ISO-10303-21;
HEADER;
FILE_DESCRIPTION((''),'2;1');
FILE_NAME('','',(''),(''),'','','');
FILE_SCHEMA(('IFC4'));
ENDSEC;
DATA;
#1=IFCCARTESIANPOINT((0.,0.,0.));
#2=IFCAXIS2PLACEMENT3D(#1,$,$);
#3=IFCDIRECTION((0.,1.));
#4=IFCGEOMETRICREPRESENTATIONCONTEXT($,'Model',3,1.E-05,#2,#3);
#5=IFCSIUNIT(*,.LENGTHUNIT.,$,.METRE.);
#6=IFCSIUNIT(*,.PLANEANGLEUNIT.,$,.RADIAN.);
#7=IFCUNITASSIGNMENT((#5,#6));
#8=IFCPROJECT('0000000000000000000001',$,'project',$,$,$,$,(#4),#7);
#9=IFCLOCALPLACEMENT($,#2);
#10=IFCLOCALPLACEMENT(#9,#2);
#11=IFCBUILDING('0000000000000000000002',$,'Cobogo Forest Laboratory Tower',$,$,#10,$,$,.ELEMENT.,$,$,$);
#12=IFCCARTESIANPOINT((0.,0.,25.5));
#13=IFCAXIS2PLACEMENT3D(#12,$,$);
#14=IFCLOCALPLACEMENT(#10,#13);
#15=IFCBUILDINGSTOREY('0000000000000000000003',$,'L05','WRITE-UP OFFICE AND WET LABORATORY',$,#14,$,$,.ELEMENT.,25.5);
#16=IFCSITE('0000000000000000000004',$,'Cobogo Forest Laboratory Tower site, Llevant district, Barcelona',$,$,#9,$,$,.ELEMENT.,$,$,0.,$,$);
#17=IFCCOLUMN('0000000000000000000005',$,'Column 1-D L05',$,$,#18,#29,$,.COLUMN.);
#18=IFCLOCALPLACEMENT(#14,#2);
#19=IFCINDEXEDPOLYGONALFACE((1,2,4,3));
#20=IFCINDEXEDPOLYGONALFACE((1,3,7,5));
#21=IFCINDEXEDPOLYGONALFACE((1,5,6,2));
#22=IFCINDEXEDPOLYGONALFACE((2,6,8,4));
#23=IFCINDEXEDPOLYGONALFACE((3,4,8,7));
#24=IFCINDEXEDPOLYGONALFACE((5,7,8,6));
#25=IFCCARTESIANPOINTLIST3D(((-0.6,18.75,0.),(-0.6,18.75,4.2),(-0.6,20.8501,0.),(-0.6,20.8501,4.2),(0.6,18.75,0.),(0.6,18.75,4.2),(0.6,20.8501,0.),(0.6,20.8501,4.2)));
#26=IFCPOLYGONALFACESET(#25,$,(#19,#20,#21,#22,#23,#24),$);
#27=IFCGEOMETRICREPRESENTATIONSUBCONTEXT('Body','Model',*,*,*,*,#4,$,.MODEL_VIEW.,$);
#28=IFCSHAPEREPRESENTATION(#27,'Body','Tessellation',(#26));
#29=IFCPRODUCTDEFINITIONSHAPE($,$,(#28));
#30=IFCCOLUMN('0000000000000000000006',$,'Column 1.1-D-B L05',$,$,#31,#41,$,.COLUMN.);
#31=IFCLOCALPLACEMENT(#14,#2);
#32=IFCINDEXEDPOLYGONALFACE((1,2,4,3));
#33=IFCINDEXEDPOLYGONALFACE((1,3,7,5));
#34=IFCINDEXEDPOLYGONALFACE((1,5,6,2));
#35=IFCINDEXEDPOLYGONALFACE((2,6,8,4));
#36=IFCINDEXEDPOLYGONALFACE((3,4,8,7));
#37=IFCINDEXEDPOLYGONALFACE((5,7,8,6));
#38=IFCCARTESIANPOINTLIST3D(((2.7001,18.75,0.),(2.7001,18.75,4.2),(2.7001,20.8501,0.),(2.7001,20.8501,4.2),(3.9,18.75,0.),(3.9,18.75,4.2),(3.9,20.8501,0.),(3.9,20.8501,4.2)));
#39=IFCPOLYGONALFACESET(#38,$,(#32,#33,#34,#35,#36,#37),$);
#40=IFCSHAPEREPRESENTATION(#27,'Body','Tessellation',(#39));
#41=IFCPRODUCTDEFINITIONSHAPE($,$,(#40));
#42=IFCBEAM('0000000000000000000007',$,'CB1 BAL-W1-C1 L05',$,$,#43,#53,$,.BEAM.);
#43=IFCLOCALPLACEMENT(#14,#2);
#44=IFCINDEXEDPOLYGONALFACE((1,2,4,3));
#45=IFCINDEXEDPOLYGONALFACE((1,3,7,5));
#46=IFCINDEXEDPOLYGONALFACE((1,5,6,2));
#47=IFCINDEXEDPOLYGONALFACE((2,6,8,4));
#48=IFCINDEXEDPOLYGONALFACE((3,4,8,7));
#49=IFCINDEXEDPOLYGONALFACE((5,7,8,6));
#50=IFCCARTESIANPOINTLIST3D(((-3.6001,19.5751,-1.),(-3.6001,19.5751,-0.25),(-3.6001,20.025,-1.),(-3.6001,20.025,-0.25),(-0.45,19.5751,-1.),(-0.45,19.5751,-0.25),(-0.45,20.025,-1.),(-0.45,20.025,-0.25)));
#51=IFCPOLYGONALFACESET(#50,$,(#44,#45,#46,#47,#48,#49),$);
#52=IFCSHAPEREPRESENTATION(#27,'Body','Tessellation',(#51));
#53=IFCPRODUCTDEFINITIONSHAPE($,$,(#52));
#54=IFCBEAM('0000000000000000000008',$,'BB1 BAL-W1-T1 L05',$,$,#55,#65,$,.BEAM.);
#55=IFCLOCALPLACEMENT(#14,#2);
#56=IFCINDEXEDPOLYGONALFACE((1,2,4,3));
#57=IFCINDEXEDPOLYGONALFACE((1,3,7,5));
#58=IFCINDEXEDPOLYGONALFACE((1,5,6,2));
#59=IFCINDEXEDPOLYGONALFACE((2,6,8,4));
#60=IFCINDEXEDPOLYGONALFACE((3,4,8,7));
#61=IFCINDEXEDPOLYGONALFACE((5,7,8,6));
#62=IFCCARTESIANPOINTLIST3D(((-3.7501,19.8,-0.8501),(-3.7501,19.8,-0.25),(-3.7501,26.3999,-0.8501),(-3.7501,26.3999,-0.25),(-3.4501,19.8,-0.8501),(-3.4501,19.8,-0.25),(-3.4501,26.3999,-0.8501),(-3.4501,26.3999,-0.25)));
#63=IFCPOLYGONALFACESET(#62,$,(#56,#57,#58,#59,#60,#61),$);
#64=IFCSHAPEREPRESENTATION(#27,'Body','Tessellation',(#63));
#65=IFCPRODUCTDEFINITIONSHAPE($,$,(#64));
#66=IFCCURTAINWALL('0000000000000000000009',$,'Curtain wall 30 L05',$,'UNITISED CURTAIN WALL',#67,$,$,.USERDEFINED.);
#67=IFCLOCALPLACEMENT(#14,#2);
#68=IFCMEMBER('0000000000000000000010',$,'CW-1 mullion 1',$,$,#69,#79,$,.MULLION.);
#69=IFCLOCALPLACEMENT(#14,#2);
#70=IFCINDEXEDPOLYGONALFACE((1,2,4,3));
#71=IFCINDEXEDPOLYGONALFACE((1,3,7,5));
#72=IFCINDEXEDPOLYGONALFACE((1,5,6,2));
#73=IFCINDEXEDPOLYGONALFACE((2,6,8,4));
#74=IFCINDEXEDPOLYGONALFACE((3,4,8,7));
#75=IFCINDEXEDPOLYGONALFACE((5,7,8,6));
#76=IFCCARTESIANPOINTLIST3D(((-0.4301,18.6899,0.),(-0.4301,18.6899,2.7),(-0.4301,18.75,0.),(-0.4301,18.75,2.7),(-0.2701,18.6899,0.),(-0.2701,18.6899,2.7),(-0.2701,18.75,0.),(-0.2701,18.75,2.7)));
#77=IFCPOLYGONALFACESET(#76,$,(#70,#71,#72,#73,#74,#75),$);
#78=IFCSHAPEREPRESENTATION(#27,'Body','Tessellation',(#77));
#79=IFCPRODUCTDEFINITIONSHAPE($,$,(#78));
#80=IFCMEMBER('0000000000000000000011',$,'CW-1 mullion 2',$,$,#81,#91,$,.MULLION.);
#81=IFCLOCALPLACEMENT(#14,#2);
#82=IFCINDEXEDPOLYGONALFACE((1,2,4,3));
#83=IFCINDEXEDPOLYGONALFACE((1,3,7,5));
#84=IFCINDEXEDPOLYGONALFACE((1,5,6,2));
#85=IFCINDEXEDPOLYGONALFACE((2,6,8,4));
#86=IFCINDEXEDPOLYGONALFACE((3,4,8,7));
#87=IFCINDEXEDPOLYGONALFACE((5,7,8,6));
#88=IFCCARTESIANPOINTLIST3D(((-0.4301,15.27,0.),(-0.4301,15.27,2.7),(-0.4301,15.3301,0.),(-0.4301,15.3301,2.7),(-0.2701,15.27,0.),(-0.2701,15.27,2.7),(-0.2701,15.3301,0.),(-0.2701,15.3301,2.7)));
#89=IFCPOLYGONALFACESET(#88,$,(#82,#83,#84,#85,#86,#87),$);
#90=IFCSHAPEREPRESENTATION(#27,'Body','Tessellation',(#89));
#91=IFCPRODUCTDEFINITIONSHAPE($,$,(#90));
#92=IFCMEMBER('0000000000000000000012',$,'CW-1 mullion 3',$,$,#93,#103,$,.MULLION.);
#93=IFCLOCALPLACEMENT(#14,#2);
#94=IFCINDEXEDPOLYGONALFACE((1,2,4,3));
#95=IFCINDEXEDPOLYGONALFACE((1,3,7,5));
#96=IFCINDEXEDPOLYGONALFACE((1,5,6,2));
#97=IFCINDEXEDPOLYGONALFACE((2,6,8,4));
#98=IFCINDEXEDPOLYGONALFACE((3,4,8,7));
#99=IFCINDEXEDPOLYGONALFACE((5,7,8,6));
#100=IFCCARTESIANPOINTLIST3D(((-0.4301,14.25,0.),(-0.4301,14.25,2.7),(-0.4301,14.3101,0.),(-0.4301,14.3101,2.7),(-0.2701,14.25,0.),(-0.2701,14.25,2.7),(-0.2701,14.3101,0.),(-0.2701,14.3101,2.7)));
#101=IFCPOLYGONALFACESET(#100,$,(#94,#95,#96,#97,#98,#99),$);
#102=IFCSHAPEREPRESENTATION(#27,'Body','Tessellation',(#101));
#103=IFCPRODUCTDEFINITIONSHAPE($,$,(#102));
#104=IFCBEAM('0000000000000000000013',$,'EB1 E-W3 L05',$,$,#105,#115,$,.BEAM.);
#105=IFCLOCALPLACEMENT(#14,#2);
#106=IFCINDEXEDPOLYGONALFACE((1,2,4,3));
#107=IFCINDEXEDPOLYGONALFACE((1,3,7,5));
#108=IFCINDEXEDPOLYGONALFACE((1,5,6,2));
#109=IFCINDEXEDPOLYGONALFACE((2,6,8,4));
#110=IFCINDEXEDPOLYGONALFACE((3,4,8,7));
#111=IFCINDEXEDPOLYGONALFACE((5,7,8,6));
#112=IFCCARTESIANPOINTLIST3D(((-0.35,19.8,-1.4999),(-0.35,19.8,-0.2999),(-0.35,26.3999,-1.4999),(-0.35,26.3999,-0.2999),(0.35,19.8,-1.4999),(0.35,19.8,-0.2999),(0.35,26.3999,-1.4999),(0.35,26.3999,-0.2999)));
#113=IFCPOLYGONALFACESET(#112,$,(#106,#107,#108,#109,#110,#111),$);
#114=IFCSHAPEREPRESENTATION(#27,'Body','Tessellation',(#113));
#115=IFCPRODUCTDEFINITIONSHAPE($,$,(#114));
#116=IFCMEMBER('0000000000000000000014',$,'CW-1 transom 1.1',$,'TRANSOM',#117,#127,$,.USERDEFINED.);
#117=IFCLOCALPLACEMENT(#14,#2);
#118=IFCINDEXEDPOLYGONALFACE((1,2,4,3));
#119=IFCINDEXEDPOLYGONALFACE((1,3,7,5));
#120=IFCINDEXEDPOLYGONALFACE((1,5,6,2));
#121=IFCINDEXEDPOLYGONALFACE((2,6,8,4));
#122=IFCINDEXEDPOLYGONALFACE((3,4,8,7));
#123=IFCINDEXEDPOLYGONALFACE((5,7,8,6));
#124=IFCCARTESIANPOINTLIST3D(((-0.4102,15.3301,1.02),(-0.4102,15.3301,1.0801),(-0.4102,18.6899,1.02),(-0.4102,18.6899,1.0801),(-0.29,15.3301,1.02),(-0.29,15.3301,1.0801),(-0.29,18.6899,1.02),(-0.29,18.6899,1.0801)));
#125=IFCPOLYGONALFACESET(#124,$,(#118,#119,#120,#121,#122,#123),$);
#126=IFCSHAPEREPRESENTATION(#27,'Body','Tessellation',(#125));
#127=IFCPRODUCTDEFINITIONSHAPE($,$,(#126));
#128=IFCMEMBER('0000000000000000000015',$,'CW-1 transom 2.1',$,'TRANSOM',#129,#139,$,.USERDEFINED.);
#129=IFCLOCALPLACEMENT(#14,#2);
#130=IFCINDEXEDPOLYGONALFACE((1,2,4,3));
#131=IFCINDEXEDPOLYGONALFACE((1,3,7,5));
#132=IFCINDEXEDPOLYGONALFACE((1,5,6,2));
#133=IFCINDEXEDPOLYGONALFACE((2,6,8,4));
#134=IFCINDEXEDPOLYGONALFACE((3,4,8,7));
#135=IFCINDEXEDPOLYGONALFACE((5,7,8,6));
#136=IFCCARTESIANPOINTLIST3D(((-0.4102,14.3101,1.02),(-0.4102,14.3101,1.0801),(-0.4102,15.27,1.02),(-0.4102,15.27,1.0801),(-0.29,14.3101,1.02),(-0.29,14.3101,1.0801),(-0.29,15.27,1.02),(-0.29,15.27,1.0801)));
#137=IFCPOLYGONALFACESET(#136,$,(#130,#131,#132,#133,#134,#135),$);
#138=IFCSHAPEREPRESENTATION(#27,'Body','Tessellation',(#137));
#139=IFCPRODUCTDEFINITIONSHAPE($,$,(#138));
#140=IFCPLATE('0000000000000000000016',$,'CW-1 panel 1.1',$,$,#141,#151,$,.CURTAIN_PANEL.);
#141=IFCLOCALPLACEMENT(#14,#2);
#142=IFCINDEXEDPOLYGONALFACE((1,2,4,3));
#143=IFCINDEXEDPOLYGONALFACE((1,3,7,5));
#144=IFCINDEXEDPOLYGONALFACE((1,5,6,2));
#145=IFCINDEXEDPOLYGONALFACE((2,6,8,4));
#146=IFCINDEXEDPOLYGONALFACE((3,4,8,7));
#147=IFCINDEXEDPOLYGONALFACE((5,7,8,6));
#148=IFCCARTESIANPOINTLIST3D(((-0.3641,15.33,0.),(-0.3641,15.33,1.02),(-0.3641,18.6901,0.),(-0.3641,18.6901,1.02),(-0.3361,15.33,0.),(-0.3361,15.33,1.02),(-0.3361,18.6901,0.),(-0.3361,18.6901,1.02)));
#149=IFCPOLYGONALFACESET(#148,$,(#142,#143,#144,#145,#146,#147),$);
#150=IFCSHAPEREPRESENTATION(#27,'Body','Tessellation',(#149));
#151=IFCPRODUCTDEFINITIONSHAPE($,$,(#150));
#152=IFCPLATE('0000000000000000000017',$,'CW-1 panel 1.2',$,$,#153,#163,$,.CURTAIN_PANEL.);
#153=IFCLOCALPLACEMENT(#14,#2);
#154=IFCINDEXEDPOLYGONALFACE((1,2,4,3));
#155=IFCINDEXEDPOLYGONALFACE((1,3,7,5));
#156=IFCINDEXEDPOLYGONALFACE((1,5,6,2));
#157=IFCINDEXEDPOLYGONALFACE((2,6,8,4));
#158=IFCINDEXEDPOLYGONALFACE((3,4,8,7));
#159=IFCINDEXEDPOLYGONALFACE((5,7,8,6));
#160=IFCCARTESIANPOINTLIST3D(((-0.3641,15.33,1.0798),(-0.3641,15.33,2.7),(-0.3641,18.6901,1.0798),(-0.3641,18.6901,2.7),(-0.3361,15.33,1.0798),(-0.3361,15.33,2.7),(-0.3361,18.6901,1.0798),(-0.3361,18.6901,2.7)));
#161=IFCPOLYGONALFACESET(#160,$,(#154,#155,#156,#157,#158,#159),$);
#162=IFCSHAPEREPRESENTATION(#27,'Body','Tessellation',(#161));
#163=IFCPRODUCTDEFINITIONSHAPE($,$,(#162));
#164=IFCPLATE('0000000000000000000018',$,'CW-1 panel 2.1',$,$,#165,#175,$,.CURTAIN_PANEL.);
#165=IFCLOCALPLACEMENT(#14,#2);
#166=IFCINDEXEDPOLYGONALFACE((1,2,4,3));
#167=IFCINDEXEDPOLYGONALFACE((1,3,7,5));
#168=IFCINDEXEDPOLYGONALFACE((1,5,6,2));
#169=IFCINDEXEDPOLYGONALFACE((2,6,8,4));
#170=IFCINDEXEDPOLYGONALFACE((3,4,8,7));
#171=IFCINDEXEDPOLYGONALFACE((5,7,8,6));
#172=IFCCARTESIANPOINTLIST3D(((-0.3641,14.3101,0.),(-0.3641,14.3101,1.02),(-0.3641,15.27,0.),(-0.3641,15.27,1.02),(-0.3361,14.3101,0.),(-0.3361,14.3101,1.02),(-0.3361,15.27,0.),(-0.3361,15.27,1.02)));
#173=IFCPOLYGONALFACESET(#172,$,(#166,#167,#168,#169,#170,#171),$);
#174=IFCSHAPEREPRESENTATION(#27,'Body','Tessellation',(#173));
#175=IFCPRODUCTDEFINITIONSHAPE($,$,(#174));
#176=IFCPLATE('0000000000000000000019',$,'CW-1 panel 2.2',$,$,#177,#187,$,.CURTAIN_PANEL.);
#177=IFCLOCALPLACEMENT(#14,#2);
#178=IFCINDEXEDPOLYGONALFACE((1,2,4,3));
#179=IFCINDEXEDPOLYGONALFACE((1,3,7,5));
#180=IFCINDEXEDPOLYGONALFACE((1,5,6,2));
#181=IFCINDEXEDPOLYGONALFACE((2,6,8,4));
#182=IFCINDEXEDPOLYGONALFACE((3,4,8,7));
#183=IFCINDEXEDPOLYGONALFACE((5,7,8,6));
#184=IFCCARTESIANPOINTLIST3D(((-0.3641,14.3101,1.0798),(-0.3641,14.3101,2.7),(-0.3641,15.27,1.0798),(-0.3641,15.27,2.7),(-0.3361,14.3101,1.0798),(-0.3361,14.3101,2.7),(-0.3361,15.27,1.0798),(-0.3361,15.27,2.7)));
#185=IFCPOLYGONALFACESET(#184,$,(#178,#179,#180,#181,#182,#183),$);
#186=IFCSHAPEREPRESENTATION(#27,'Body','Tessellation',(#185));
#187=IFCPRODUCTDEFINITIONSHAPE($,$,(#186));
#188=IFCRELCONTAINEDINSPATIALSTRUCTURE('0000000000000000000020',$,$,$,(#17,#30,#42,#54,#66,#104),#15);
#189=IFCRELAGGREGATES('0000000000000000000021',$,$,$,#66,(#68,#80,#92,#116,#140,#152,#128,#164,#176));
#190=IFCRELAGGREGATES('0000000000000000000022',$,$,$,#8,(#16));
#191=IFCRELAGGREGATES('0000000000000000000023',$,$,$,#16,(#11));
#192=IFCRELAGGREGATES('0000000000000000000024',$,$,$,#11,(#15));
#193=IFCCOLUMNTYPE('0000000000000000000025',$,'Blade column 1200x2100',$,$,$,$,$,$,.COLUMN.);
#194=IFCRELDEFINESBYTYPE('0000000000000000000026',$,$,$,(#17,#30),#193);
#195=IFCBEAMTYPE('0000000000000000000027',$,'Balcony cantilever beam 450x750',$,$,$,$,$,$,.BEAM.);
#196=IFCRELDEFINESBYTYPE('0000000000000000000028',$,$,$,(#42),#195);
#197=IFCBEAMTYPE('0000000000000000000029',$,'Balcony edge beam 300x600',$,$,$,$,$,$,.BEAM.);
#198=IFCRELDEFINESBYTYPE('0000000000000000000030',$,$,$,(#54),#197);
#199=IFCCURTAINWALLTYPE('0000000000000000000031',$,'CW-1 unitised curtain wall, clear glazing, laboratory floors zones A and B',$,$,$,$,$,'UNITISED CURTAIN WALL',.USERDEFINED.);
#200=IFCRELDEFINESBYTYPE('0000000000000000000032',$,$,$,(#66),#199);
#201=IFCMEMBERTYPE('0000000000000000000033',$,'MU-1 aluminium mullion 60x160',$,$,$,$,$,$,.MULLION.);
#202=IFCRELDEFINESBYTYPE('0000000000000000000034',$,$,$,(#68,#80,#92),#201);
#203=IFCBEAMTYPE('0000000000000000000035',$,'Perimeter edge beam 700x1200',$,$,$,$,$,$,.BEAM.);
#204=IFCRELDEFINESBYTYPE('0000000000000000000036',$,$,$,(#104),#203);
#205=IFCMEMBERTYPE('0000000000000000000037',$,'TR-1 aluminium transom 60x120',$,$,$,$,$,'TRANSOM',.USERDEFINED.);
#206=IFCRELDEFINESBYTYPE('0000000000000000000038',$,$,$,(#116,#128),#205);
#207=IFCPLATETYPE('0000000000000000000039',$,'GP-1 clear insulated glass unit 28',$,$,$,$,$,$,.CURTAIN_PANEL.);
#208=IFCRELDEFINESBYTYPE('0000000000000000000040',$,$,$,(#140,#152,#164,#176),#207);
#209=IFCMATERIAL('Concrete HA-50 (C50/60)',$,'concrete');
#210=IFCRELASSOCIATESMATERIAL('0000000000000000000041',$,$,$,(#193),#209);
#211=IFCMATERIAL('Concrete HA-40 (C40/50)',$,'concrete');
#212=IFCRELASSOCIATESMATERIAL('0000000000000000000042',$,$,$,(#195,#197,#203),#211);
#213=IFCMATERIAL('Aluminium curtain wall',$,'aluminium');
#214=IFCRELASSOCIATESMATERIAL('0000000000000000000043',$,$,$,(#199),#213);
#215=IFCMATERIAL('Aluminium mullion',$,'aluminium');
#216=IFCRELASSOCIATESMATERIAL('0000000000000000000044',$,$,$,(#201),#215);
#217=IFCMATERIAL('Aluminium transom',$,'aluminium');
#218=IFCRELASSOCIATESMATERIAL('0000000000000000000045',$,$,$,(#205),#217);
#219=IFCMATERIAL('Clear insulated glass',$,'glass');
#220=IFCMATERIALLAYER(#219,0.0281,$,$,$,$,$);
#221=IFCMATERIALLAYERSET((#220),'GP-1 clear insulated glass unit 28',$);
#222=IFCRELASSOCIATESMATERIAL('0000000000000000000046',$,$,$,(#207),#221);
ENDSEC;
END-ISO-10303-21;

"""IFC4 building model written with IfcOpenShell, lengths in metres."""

from ifc_helpers import new_model, si_unit, direction, frame, origin, origin_2d, place, context, subcontext, project, spatial, rectangle, extrude, material, layer, layer_set, material_profile, profile_set, type_object, element, aggregate, save


model = new_model("IFC4")

# Units and contexts
model_context = context("Model", 3, precision=1e-05, world=origin(), true_north=direction((0.0, 1.0)))
body_context = subcontext(model_context, "Body", "Model", "MODEL_VIEW")
ifc_project = project(units=[si_unit("LENGTHUNIT", "METRE"), si_unit("PLANEANGLEUNIT", "RADIAN")], contexts=[model_context])

# Site, building, storey
site_placement = place(None, origin())
site = spatial("IfcSite", under=ifc_project, at=site_placement, Name="Cobogo Forest Laboratory Tower site, Llevant district, Barcelona", CompositionType="ELEMENT", RefElevation=0.0)
building_placement = place(site_placement, origin())
building = spatial("IfcBuilding", under=site, at=building_placement, Name="Cobogo Forest Laboratory Tower", CompositionType="ELEMENT")
storey_placement = place(building_placement, frame((0.0, 0.0, 25.5)))
storey = spatial("IfcBuildingStorey", under=building, at=storey_placement, Name="L05", Description="WRITE-UP OFFICE AND WET LABORATORY", CompositionType="ELEMENT", Elevation=25.5)

# Columns
ifc_material_1 = material(Name="Concrete HA-50 (C50/60)", Category="concrete")
ifc_material_profile_1 = material_profile(ifc_material_1, rectangle(XDim=2.1001, YDim=1.2, at=origin_2d()), Name="RC 1200x2100")
ifc_profile_set_1 = profile_set([ifc_material_profile_1], Name="Concrete HA-50 (C50/60)")
column_type = type_object("IfcColumnType", Name="Blade column 1200x2100", PredefinedType="COLUMN", material=ifc_profile_set_1)
for number, where, z_axis, x_axis, name in (
    (1, (0.0, 19.8, 0.0), (0.0, 0.0, 1.0), (0.0, 1.0, 0.0), "Column 1-D L05"),
    (2, (3.3, 19.8, 0.0), (0.0, 0.0, 1.0), (0.0, 1.0, 0.0), "Column 1.1-D-B L05"),
):
    element("IfcColumn", number, at=place(storey_placement, frame(where, z_axis=z_axis, x_axis=x_axis)), inside=storey, type_object=column_type, Name=name, PredefinedType="COLUMN", context=body_context, shape_type="SweptSolid", body=[
        extrude(rectangle(XDim=2.1001, YDim=1.2, at=origin_2d()), origin(), (0.0, 0.0, 1.0), 4.2),
    ])

# Beams
ifc_material_2 = material(Name="Concrete HA-40 (C40/50)", Category="concrete")
ifc_material_profile_2 = material_profile(ifc_material_2, rectangle(XDim=0.45, YDim=0.75, at=origin_2d()), Name="RC 450x750")
ifc_profile_set_2 = profile_set([ifc_material_profile_2], Name="Concrete HA-40 (C40/50)")
beam_type_1 = type_object("IfcBeamType", Name="Balcony cantilever beam 450x750", PredefinedType="BEAM", material=ifc_profile_set_2)
beam_1_placement = place(storey_placement, frame((-0.45, 19.8, -0.625), z_axis=(-1.0, 0.0, 0.0), x_axis=(0.0, -1.0, 0.0)))
element("IfcBeam", 3, at=beam_1_placement, inside=storey, type_object=beam_type_1, Name="CB1 BAL-W1-C1 L05", PredefinedType="BEAM", context=body_context, shape_type="SweptSolid", body=[
    extrude(rectangle(XDim=0.45, YDim=0.75, at=origin_2d()), origin(), (0.0, 0.0, 1.0), 3.1501),
])
ifc_material_profile_3 = material_profile(ifc_material_2, rectangle(XDim=0.3, YDim=0.6001, at=origin_2d()), Name="RC 300x600")
ifc_profile_set_3 = profile_set([ifc_material_profile_3], Name="Concrete HA-40 (C40/50)")
beam_type_2 = type_object("IfcBeamType", Name="Balcony edge beam 300x600", PredefinedType="BEAM", material=ifc_profile_set_3)
beam_2_placement = place(storey_placement, frame((-3.6001, 19.8, -0.55), z_axis=(0.0, 1.0, 0.0), x_axis=(-1.0, 0.0, 0.0)))
element("IfcBeam", 4, at=beam_2_placement, inside=storey, type_object=beam_type_2, Name="BB1 BAL-W1-T1 L05", PredefinedType="BEAM", context=body_context, shape_type="SweptSolid", body=[
    extrude(rectangle(XDim=0.3, YDim=0.6001, at=origin_2d()), origin(), (0.0, 0.0, 1.0), 6.5999),
])

# Curtain wall, members
ifc_material_3 = material(Name="Aluminium curtain wall", Category="aluminium")
curtain_wall_type = type_object("IfcCurtainWallType", Name="CW-1 unitised curtain wall, clear glazing, laboratory floors zones A and B", ElementType="UNITISED CURTAIN WALL", PredefinedType="USERDEFINED", material=ifc_material_3)
curtain_wall_placement = place(storey_placement, origin())
curtain_wall = element("IfcCurtainWall", 5, at=curtain_wall_placement, inside=storey, type_object=curtain_wall_type, Name="Curtain wall 30 L05", ObjectType="UNITISED CURTAIN WALL", PredefinedType="USERDEFINED")
ifc_material_4 = material(Name="Aluminium mullion", Category="aluminium")
ifc_material_profile_4 = material_profile(ifc_material_4, rectangle(XDim=0.0601, YDim=0.1599, at=origin_2d()), Name="AL 60x160")
ifc_profile_set_4 = profile_set([ifc_material_profile_4], Name="Aluminium mullion")
member_type_1 = type_object("IfcMemberType", Name="MU-1 aluminium mullion 60x160", PredefinedType="MULLION", material=ifc_profile_set_4)
member_1_placement = place(storey_placement, frame((-0.3501, 18.72, 0.0), z_axis=(0.0, 0.0, 1.0), x_axis=(0.0, -1.0, 0.0)))
member_1 = element("IfcMember", 6, at=member_1_placement, type_object=member_type_1, Name="CW-1 mullion 1", PredefinedType="MULLION", context=body_context, shape_type="SweptSolid", body=[
    extrude(rectangle(XDim=0.0601, YDim=0.1599, at=origin_2d()), origin(), (0.0, 0.0, 1.0), 2.7),
])
member_2_placement = place(storey_placement, frame((-0.3501, 15.3, 0.0), z_axis=(0.0, 0.0, 1.0), x_axis=(0.0, -1.0, 0.0)))
member_2 = element("IfcMember", 7, at=member_2_placement, type_object=member_type_1, Name="CW-1 mullion 2", PredefinedType="MULLION", context=body_context, shape_type="SweptSolid", body=[
    extrude(rectangle(XDim=0.0601, YDim=0.1599, at=origin_2d()), origin(), (0.0, 0.0, 1.0), 2.7),
])
member_3_placement = place(storey_placement, frame((-0.3501, 14.28, 0.0), z_axis=(0.0, 0.0, 1.0), x_axis=(0.0, -1.0, 0.0)))
member_3 = element("IfcMember", 8, at=member_3_placement, type_object=member_type_1, Name="CW-1 mullion 3", PredefinedType="MULLION", context=body_context, shape_type="SweptSolid", body=[
    extrude(rectangle(XDim=0.0601, YDim=0.1599, at=origin_2d()), origin(), (0.0, 0.0, 1.0), 2.7),
])

# Beam
ifc_material_profile_5 = material_profile(ifc_material_2, rectangle(XDim=0.7, YDim=1.2, at=origin_2d()), Name="RC 700x1200")
ifc_profile_set_5 = profile_set([ifc_material_profile_5], Name="Concrete HA-40 (C40/50)")
beam_type_3 = type_object("IfcBeamType", Name="Perimeter edge beam 700x1200", PredefinedType="BEAM", material=ifc_profile_set_5)
beam_3_placement = place(storey_placement, frame((0.0, 19.8, -0.8999), z_axis=(0.0, 1.0, 0.0), x_axis=(-1.0, 0.0, 0.0)))
element("IfcBeam", 9, at=beam_3_placement, inside=storey, type_object=beam_type_3, Name="EB1 E-W3 L05", PredefinedType="BEAM", context=body_context, shape_type="SweptSolid", body=[
    extrude(rectangle(XDim=0.7, YDim=1.2, at=origin_2d()), origin(), (0.0, 0.0, 1.0), 6.5999),
])

# Members
ifc_material_5 = material(Name="Aluminium transom", Category="aluminium")
ifc_material_profile_6 = material_profile(ifc_material_5, rectangle(XDim=0.1201, YDim=0.0601, at=origin_2d()), Name="AL 60x120")
ifc_profile_set_6 = profile_set([ifc_material_profile_6], Name="Aluminium transom")
member_type_2 = type_object("IfcMemberType", Name="TR-1 aluminium transom 60x120", ElementType="TRANSOM", PredefinedType="USERDEFINED", material=ifc_profile_set_6)
member_4_placement = place(storey_placement, frame((-0.3501, 18.6899, 1.05), z_axis=(0.0, -1.0, 0.0), x_axis=(1.0, 0.0, 0.0)))
member_4 = element("IfcMember", 10, at=member_4_placement, type_object=member_type_2, Name="CW-1 transom 1.1", ObjectType="TRANSOM", PredefinedType="USERDEFINED", context=body_context, shape_type="SweptSolid", body=[
    extrude(rectangle(XDim=0.1201, YDim=0.0601, at=origin_2d()), origin(), (0.0, 0.0, 1.0), 3.3599),
])
member_5_placement = place(storey_placement, frame((-0.3501, 15.27, 1.05), z_axis=(0.0, -1.0, 0.0), x_axis=(1.0, 0.0, 0.0)))
member_5 = element("IfcMember", 11, at=member_5_placement, type_object=member_type_2, Name="CW-1 transom 2.1", ObjectType="TRANSOM", PredefinedType="USERDEFINED", context=body_context, shape_type="SweptSolid", body=[
    extrude(rectangle(XDim=0.1201, YDim=0.0601, at=origin_2d()), origin(), (0.0, 0.0, 1.0), 0.96),
])

# Plates
ifc_material_6 = material(Name="Clear insulated glass", Category="glass")
ifc_layer_1 = layer(ifc_material_6, 0.0281)
ifc_layer_set_1 = layer_set([ifc_layer_1], Name="GP-1 clear insulated glass unit 28")
plate_type_1 = type_object("IfcPlateType", Name="GP-1 clear insulated glass unit 28", PredefinedType="CURTAIN_PANEL", material=ifc_layer_set_1)
plate_1_placement = place(storey_placement, frame((-0.3501, 17.01, 0.0), z_axis=(0.0, 0.0, 1.0), x_axis=(0.0, -1.0, 0.0)))
plate_1 = element("IfcPlate", 12, at=plate_1_placement, type_object=plate_type_1, Name="CW-1 panel 1.1", PredefinedType="CURTAIN_PANEL", context=body_context, shape_type="SweptSolid", body=[
    extrude(rectangle(XDim=3.3601, YDim=0.0281, at=origin_2d()), origin(), (0.0, 0.0, 1.0), 1.02),
])
plate_2_placement = place(storey_placement, frame((-0.3501, 17.01, 1.0798), z_axis=(0.0, 0.0, 1.0), x_axis=(0.0, -1.0, 0.0)))
plate_2 = element("IfcPlate", 13, at=plate_2_placement, type_object=plate_type_1, Name="CW-1 panel 1.2", PredefinedType="CURTAIN_PANEL", context=body_context, shape_type="SweptSolid", body=[
    extrude(rectangle(XDim=3.3601, YDim=0.0281, at=origin_2d()), origin(), (0.0, 0.0, 1.0), 1.6201),
])
plate_3_placement = place(storey_placement, frame((-0.3501, 14.79, 0.0), z_axis=(0.0, 0.0, 1.0), x_axis=(0.0, -1.0, 0.0)))
plate_3 = element("IfcPlate", 14, at=plate_3_placement, type_object=plate_type_1, Name="CW-1 panel 2.1", PredefinedType="CURTAIN_PANEL", context=body_context, shape_type="SweptSolid", body=[
    extrude(rectangle(XDim=0.96, YDim=0.0281, at=origin_2d()), origin(), (0.0, 0.0, 1.0), 1.02),
])
plate_4_placement = place(storey_placement, frame((-0.3501, 14.79, 1.0798), z_axis=(0.0, 0.0, 1.0), x_axis=(0.0, -1.0, 0.0)))
plate_4 = element("IfcPlate", 15, at=plate_4_placement, type_object=plate_type_1, Name="CW-1 panel 2.2", PredefinedType="CURTAIN_PANEL", context=body_context, shape_type="SweptSolid", body=[
    extrude(rectangle(XDim=0.96, YDim=0.0281, at=origin_2d()), origin(), (0.0, 0.0, 1.0), 1.6201),
])
aggregate(curtain_wall, [member_1, member_2, member_3, member_4, plate_1, plate_2, member_5, plate_3, plate_4])

save(model, "model.ifc")
